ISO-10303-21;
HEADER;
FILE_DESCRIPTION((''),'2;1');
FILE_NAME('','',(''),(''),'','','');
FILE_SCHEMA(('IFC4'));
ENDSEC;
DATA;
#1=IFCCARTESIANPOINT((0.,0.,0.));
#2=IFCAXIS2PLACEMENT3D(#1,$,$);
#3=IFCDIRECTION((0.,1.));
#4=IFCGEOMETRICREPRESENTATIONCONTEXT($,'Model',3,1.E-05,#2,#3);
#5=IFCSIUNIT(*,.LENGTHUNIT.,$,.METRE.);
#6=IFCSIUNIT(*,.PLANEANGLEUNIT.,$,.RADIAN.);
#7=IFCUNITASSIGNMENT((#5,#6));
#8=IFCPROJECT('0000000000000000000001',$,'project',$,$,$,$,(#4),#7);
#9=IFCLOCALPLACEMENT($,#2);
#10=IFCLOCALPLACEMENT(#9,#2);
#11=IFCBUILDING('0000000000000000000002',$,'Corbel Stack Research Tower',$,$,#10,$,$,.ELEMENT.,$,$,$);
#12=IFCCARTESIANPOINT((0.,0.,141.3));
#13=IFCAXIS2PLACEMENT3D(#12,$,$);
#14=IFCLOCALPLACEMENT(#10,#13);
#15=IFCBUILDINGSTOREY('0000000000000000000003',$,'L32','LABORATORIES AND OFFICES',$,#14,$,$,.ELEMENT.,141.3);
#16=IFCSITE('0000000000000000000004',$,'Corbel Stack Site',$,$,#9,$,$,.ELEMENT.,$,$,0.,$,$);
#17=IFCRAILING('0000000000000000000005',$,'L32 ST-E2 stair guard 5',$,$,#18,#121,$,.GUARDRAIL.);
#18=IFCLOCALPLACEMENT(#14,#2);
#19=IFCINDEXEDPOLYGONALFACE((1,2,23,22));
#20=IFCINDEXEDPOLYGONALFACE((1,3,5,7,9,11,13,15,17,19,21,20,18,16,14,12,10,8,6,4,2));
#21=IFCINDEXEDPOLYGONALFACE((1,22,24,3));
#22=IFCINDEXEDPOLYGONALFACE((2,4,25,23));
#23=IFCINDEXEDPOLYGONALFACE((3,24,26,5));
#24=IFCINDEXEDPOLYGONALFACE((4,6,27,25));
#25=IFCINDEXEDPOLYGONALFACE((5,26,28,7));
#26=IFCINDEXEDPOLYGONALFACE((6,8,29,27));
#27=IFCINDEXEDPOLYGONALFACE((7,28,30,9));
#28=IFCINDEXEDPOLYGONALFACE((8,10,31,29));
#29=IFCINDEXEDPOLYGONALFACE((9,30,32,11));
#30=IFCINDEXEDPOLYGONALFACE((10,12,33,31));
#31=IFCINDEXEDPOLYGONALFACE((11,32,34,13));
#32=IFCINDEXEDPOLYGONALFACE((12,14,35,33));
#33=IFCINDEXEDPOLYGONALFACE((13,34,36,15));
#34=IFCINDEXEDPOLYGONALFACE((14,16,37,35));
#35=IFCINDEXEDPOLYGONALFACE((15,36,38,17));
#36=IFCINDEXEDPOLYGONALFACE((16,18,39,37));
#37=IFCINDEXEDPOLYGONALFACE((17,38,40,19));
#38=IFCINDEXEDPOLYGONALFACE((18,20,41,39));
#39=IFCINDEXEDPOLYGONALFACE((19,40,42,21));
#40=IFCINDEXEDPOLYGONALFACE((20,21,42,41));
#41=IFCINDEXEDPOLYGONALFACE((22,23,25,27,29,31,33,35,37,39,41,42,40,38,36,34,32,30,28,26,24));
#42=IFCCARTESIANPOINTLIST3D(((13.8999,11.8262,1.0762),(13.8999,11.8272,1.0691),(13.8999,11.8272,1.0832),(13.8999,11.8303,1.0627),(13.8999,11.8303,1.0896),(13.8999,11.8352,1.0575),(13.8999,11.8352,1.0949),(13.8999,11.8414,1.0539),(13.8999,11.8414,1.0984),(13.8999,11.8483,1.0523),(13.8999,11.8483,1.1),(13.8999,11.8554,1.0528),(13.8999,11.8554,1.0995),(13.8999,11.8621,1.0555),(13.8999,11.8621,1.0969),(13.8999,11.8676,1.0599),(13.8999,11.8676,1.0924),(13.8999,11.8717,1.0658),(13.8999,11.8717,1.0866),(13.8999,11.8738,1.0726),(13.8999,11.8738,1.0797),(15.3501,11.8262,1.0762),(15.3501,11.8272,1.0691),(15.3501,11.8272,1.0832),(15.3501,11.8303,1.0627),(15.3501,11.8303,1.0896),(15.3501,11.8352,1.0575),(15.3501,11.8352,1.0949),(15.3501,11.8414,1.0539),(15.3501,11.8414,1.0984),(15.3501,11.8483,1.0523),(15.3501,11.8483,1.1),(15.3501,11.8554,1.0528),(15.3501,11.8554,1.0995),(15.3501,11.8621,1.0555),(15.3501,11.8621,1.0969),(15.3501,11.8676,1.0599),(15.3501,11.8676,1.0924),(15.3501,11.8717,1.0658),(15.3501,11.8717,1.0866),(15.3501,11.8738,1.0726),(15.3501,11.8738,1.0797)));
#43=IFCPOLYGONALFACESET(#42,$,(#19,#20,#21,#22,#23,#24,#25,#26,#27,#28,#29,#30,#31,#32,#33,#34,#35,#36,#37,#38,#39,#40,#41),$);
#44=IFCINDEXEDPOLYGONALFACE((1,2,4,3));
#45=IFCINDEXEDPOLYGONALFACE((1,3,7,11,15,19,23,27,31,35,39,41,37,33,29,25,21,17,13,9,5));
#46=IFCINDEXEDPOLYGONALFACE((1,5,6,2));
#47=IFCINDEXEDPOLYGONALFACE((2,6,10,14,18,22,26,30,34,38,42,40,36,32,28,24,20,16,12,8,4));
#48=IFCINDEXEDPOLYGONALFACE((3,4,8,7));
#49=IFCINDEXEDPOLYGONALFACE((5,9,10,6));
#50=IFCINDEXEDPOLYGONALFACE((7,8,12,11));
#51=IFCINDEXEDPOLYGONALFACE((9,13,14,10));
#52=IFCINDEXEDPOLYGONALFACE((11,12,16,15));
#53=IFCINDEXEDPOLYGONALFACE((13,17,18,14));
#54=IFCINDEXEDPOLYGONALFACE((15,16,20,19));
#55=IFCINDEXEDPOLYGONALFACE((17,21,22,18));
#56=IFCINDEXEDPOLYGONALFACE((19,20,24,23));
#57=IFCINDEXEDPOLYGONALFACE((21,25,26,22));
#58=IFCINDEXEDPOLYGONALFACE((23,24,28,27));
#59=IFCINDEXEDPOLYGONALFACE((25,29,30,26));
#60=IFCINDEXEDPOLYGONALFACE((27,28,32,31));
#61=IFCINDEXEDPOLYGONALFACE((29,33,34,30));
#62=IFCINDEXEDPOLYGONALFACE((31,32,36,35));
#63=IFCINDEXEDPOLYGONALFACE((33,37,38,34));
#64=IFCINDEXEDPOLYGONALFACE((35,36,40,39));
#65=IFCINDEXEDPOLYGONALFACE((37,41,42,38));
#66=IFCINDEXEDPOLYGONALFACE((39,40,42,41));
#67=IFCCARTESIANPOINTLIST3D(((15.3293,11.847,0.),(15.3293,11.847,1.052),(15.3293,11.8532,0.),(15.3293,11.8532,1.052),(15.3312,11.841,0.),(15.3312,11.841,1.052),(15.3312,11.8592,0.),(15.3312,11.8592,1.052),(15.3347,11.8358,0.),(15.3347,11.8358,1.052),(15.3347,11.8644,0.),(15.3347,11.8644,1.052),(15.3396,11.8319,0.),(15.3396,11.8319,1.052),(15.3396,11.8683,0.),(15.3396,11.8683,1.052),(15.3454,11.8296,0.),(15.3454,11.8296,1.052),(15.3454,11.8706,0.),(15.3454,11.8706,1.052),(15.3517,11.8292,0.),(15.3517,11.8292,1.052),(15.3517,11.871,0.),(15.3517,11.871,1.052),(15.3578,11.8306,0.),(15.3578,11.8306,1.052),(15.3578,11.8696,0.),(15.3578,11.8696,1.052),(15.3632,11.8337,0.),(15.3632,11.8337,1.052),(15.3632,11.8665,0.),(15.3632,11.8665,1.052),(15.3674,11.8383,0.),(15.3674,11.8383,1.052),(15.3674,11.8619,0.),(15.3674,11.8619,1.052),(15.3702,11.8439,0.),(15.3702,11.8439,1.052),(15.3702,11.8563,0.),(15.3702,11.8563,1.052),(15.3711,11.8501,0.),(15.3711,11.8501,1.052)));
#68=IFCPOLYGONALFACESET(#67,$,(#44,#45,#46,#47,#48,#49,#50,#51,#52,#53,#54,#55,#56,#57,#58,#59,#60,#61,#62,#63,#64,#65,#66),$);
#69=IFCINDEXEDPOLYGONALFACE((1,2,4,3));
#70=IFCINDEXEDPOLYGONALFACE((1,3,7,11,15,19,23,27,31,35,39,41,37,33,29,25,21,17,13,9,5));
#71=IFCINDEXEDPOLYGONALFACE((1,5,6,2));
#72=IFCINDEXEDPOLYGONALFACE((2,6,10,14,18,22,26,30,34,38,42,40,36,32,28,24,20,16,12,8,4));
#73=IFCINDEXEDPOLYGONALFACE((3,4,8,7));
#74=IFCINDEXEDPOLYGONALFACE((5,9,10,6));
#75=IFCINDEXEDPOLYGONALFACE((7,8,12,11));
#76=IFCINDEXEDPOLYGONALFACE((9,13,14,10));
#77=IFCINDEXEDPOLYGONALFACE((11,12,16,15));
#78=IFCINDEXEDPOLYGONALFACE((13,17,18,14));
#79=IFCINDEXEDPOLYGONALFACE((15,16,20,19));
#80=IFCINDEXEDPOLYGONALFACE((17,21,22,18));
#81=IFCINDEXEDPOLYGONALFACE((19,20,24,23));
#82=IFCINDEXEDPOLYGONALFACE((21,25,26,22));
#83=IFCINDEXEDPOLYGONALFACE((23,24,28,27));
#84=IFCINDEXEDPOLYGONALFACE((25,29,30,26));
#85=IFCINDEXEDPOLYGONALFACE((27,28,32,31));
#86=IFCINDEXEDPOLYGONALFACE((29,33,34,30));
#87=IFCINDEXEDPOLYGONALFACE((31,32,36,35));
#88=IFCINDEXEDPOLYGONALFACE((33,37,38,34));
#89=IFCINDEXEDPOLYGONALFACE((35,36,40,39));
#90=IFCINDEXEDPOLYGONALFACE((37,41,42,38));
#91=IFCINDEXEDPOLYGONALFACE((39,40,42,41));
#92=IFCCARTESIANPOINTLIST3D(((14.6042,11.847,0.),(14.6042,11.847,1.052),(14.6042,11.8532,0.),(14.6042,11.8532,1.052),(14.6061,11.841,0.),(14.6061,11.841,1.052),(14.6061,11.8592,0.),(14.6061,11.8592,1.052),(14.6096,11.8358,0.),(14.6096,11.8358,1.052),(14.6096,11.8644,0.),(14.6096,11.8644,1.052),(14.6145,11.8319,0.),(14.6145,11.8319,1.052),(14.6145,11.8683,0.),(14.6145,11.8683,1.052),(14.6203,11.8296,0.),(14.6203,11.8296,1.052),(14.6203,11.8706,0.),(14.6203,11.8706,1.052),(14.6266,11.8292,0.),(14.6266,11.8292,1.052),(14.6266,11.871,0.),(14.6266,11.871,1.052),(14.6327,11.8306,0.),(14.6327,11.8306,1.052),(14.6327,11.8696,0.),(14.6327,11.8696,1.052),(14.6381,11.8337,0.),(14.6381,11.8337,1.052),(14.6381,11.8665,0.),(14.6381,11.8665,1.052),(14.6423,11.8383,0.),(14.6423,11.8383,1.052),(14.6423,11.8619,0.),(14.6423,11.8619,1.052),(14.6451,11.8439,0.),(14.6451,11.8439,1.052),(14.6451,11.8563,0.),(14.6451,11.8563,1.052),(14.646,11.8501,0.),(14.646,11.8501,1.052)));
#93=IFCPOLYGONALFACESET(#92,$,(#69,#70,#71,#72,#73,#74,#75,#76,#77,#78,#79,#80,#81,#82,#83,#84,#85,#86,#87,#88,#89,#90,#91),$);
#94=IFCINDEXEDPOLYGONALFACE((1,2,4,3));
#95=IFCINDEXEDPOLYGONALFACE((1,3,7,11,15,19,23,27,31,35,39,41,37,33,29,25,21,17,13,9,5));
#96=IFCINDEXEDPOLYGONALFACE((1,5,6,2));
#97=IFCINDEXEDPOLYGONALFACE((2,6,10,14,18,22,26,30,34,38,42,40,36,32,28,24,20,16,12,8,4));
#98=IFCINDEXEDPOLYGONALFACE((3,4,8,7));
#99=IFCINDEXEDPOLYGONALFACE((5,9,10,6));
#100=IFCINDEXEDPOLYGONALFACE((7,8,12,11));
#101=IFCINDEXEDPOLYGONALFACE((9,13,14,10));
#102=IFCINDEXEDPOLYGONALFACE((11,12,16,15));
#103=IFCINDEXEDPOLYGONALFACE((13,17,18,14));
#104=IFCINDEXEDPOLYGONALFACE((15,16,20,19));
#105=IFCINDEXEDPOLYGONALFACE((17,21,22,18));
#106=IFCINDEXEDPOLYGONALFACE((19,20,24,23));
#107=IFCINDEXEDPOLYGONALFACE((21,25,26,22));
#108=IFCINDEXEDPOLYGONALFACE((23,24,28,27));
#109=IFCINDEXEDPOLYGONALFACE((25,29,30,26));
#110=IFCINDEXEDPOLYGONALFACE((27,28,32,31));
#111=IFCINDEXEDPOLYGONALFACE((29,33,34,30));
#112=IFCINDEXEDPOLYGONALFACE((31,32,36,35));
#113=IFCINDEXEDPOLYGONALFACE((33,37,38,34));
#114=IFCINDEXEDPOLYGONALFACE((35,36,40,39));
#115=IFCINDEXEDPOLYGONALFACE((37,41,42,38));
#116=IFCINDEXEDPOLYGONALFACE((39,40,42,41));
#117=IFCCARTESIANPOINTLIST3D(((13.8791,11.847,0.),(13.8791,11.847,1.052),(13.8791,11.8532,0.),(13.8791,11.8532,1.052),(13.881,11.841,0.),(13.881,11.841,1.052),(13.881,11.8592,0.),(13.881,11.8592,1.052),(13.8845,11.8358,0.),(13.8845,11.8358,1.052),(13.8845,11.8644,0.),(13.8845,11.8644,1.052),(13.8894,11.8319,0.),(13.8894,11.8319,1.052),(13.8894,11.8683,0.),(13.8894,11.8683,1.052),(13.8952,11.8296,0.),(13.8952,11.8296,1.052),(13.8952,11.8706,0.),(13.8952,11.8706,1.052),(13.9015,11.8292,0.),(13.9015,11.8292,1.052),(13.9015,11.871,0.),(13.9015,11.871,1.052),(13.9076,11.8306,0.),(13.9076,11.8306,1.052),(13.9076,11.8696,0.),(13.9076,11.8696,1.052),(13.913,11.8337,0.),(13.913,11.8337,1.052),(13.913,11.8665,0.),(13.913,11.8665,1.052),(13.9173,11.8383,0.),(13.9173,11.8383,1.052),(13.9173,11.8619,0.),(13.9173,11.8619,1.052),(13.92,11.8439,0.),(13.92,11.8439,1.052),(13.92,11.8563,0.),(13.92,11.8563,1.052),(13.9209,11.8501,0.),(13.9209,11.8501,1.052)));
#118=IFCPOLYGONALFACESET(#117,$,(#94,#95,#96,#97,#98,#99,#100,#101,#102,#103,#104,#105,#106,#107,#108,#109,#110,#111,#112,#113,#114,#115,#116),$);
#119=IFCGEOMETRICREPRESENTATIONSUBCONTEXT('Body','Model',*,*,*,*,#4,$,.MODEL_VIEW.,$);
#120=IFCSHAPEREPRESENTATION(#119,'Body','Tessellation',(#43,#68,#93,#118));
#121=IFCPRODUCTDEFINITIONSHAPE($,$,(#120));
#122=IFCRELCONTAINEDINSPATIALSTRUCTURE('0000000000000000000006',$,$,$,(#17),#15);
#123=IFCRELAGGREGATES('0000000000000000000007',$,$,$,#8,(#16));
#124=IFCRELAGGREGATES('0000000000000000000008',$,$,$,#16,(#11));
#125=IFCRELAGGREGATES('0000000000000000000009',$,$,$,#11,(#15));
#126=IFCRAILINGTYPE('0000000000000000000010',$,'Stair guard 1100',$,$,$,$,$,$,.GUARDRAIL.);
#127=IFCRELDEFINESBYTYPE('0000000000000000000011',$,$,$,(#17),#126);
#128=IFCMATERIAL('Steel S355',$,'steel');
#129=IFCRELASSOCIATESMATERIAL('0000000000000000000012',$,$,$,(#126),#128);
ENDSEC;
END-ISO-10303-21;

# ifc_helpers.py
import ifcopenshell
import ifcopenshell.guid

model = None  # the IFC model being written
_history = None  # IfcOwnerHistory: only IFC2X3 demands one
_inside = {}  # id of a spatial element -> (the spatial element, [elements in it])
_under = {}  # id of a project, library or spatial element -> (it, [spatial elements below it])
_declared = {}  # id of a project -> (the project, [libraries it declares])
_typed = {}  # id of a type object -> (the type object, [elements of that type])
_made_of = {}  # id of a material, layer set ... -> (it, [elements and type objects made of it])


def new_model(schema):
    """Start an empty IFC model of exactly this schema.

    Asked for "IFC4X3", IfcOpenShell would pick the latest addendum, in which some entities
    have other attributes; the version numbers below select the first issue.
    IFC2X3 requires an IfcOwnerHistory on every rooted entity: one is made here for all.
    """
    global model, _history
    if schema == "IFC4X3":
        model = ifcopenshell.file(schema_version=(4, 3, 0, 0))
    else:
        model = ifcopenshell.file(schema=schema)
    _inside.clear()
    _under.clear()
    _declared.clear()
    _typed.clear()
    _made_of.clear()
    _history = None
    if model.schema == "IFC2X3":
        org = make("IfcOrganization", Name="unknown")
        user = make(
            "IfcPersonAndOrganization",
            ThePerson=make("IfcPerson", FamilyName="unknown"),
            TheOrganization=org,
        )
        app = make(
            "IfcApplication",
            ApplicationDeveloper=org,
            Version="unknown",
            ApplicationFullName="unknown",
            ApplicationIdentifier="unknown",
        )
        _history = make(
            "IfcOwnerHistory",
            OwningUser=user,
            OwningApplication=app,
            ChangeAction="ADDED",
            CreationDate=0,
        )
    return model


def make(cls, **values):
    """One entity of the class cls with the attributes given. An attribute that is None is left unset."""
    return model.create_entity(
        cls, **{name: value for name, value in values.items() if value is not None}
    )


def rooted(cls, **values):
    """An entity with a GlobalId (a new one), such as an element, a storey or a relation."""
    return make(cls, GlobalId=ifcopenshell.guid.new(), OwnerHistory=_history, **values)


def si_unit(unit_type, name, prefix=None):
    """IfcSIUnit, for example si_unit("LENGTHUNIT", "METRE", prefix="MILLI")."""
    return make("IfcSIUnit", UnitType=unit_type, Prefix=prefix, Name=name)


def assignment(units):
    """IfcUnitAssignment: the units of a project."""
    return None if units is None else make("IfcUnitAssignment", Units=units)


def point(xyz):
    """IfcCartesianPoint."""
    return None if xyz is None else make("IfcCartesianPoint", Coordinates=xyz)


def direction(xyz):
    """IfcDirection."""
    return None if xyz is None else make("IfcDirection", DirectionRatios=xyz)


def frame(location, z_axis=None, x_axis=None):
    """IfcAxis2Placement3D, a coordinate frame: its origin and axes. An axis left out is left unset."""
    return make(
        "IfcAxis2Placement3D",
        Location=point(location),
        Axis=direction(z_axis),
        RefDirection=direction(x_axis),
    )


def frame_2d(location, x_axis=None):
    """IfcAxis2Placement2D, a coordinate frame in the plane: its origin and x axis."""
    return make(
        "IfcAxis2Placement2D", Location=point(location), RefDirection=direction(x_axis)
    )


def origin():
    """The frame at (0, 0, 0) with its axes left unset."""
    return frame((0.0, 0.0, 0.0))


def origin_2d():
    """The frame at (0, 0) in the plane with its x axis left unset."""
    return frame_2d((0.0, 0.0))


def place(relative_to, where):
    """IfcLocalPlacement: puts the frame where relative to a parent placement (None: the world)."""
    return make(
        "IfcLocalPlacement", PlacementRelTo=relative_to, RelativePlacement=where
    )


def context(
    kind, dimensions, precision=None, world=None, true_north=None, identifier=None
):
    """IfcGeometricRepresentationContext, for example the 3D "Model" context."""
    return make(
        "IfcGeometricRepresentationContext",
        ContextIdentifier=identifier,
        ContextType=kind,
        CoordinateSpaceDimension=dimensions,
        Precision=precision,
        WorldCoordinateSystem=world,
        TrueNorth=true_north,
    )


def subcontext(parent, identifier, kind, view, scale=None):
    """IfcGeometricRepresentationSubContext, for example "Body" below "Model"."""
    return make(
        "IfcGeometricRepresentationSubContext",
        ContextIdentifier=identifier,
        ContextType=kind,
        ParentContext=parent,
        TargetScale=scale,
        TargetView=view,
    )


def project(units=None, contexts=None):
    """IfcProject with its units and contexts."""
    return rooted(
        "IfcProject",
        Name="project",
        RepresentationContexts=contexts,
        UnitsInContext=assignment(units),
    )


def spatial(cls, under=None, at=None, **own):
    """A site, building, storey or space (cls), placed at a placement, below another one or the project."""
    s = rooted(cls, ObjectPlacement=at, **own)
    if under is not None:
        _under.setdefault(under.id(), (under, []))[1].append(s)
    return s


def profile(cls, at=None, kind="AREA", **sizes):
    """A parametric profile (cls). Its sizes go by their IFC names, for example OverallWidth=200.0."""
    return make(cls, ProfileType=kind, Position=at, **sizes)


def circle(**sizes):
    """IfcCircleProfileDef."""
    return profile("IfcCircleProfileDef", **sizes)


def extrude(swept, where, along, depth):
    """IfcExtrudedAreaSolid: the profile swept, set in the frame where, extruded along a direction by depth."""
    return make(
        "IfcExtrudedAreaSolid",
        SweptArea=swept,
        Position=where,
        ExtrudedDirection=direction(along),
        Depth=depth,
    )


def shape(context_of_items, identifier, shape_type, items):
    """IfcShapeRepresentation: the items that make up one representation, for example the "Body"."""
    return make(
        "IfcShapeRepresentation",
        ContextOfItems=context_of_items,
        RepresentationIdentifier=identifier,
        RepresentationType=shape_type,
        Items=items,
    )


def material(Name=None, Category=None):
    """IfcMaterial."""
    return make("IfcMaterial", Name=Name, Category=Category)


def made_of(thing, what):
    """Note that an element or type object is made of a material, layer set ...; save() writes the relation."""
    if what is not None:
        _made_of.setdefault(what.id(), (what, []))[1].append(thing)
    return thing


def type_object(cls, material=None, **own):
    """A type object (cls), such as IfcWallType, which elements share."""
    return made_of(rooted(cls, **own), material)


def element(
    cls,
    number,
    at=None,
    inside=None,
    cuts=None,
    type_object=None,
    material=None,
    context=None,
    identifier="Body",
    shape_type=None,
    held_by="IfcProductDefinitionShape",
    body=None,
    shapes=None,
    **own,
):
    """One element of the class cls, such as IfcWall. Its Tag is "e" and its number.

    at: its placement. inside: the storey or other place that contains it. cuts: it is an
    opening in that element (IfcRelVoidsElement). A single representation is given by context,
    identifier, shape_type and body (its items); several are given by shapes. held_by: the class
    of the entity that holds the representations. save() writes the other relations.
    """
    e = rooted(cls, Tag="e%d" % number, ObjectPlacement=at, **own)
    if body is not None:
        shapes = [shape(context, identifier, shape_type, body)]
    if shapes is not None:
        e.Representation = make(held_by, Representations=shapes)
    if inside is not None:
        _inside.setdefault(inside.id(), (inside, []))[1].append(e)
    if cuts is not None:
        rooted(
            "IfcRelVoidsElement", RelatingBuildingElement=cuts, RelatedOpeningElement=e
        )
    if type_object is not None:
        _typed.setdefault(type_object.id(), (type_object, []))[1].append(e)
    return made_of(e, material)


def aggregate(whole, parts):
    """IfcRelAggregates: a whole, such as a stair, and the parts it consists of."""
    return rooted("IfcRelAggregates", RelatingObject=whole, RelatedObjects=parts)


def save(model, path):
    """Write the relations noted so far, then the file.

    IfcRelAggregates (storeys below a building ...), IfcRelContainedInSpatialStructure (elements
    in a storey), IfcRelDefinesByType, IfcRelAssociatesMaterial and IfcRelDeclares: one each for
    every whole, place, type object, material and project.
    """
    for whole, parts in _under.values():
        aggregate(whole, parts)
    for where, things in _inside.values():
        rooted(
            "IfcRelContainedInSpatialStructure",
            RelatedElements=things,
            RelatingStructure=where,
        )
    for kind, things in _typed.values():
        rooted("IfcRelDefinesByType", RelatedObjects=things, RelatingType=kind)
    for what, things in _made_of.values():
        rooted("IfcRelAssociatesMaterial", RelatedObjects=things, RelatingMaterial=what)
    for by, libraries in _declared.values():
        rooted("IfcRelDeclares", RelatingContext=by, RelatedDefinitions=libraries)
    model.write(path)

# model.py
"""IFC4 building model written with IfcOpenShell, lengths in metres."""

from ifc_helpers import new_model, si_unit, direction, frame, origin, origin_2d, place, context, subcontext, project, spatial, circle, extrude, material, type_object, element, save


model = new_model("IFC4")

# Units and contexts
model_context = context("Model", 3, precision=1e-05, world=origin(), true_north=direction((0.0, 1.0)))
body_context = subcontext(model_context, "Body", "Model", "MODEL_VIEW")
ifc_project = project(units=[si_unit("LENGTHUNIT", "METRE"), si_unit("PLANEANGLEUNIT", "RADIAN")], contexts=[model_context])

# Site, building, storey
site_placement = place(None, origin())
site = spatial("IfcSite", under=ifc_project, at=site_placement, Name="Corbel Stack Site", CompositionType="ELEMENT", RefElevation=0.0)
building_placement = place(site_placement, origin())
building = spatial("IfcBuilding", under=site, at=building_placement, Name="Corbel Stack Research Tower", CompositionType="ELEMENT")
storey_placement = place(building_placement, frame((0.0, 0.0, 141.3)))
storey = spatial("IfcBuildingStorey", under=building, at=storey_placement, Name="L32", Description="LABORATORIES AND OFFICES", CompositionType="ELEMENT", Elevation=141.3)

# Railing
ifc_material_1 = material(Name="Steel S355", Category="steel")
railing_type = type_object("IfcRailingType", Name="Stair guard 1100", PredefinedType="GUARDRAIL", material=ifc_material_1)
railing_placement = place(storey_placement, frame((15.3501, 11.8501, 0.0)))
element("IfcRailing", 1, at=railing_placement, inside=storey, type_object=railing_type, Name="L32 ST-E2 stair guard 5", PredefinedType="GUARDRAIL", context=body_context, shape_type="SweptSolid", body=[
    extrude(circle(Radius=0.0239, at=origin_2d()), frame((0.0, 0.0, 1.0762), z_axis=(-1.0, 0.0, 0.0), x_axis=(0.0, -1.0, 0.0)), (0.0, 0.0, 1.0), 1.4502),
    extrude(circle(Radius=0.021, at=origin_2d()), origin(), (0.0, 0.0, 1.0), 1.052),
    extrude(circle(Radius=0.021, at=origin_2d()), frame((-0.7251, 0.0, 0.0)), (0.0, 0.0, 1.0), 1.052),
    extrude(circle(Radius=0.021, at=origin_2d()), frame((-1.4502, 0.0, 0.0)), (0.0, 0.0, 1.0), 1.052),
])

save(model, "model.ifc")
